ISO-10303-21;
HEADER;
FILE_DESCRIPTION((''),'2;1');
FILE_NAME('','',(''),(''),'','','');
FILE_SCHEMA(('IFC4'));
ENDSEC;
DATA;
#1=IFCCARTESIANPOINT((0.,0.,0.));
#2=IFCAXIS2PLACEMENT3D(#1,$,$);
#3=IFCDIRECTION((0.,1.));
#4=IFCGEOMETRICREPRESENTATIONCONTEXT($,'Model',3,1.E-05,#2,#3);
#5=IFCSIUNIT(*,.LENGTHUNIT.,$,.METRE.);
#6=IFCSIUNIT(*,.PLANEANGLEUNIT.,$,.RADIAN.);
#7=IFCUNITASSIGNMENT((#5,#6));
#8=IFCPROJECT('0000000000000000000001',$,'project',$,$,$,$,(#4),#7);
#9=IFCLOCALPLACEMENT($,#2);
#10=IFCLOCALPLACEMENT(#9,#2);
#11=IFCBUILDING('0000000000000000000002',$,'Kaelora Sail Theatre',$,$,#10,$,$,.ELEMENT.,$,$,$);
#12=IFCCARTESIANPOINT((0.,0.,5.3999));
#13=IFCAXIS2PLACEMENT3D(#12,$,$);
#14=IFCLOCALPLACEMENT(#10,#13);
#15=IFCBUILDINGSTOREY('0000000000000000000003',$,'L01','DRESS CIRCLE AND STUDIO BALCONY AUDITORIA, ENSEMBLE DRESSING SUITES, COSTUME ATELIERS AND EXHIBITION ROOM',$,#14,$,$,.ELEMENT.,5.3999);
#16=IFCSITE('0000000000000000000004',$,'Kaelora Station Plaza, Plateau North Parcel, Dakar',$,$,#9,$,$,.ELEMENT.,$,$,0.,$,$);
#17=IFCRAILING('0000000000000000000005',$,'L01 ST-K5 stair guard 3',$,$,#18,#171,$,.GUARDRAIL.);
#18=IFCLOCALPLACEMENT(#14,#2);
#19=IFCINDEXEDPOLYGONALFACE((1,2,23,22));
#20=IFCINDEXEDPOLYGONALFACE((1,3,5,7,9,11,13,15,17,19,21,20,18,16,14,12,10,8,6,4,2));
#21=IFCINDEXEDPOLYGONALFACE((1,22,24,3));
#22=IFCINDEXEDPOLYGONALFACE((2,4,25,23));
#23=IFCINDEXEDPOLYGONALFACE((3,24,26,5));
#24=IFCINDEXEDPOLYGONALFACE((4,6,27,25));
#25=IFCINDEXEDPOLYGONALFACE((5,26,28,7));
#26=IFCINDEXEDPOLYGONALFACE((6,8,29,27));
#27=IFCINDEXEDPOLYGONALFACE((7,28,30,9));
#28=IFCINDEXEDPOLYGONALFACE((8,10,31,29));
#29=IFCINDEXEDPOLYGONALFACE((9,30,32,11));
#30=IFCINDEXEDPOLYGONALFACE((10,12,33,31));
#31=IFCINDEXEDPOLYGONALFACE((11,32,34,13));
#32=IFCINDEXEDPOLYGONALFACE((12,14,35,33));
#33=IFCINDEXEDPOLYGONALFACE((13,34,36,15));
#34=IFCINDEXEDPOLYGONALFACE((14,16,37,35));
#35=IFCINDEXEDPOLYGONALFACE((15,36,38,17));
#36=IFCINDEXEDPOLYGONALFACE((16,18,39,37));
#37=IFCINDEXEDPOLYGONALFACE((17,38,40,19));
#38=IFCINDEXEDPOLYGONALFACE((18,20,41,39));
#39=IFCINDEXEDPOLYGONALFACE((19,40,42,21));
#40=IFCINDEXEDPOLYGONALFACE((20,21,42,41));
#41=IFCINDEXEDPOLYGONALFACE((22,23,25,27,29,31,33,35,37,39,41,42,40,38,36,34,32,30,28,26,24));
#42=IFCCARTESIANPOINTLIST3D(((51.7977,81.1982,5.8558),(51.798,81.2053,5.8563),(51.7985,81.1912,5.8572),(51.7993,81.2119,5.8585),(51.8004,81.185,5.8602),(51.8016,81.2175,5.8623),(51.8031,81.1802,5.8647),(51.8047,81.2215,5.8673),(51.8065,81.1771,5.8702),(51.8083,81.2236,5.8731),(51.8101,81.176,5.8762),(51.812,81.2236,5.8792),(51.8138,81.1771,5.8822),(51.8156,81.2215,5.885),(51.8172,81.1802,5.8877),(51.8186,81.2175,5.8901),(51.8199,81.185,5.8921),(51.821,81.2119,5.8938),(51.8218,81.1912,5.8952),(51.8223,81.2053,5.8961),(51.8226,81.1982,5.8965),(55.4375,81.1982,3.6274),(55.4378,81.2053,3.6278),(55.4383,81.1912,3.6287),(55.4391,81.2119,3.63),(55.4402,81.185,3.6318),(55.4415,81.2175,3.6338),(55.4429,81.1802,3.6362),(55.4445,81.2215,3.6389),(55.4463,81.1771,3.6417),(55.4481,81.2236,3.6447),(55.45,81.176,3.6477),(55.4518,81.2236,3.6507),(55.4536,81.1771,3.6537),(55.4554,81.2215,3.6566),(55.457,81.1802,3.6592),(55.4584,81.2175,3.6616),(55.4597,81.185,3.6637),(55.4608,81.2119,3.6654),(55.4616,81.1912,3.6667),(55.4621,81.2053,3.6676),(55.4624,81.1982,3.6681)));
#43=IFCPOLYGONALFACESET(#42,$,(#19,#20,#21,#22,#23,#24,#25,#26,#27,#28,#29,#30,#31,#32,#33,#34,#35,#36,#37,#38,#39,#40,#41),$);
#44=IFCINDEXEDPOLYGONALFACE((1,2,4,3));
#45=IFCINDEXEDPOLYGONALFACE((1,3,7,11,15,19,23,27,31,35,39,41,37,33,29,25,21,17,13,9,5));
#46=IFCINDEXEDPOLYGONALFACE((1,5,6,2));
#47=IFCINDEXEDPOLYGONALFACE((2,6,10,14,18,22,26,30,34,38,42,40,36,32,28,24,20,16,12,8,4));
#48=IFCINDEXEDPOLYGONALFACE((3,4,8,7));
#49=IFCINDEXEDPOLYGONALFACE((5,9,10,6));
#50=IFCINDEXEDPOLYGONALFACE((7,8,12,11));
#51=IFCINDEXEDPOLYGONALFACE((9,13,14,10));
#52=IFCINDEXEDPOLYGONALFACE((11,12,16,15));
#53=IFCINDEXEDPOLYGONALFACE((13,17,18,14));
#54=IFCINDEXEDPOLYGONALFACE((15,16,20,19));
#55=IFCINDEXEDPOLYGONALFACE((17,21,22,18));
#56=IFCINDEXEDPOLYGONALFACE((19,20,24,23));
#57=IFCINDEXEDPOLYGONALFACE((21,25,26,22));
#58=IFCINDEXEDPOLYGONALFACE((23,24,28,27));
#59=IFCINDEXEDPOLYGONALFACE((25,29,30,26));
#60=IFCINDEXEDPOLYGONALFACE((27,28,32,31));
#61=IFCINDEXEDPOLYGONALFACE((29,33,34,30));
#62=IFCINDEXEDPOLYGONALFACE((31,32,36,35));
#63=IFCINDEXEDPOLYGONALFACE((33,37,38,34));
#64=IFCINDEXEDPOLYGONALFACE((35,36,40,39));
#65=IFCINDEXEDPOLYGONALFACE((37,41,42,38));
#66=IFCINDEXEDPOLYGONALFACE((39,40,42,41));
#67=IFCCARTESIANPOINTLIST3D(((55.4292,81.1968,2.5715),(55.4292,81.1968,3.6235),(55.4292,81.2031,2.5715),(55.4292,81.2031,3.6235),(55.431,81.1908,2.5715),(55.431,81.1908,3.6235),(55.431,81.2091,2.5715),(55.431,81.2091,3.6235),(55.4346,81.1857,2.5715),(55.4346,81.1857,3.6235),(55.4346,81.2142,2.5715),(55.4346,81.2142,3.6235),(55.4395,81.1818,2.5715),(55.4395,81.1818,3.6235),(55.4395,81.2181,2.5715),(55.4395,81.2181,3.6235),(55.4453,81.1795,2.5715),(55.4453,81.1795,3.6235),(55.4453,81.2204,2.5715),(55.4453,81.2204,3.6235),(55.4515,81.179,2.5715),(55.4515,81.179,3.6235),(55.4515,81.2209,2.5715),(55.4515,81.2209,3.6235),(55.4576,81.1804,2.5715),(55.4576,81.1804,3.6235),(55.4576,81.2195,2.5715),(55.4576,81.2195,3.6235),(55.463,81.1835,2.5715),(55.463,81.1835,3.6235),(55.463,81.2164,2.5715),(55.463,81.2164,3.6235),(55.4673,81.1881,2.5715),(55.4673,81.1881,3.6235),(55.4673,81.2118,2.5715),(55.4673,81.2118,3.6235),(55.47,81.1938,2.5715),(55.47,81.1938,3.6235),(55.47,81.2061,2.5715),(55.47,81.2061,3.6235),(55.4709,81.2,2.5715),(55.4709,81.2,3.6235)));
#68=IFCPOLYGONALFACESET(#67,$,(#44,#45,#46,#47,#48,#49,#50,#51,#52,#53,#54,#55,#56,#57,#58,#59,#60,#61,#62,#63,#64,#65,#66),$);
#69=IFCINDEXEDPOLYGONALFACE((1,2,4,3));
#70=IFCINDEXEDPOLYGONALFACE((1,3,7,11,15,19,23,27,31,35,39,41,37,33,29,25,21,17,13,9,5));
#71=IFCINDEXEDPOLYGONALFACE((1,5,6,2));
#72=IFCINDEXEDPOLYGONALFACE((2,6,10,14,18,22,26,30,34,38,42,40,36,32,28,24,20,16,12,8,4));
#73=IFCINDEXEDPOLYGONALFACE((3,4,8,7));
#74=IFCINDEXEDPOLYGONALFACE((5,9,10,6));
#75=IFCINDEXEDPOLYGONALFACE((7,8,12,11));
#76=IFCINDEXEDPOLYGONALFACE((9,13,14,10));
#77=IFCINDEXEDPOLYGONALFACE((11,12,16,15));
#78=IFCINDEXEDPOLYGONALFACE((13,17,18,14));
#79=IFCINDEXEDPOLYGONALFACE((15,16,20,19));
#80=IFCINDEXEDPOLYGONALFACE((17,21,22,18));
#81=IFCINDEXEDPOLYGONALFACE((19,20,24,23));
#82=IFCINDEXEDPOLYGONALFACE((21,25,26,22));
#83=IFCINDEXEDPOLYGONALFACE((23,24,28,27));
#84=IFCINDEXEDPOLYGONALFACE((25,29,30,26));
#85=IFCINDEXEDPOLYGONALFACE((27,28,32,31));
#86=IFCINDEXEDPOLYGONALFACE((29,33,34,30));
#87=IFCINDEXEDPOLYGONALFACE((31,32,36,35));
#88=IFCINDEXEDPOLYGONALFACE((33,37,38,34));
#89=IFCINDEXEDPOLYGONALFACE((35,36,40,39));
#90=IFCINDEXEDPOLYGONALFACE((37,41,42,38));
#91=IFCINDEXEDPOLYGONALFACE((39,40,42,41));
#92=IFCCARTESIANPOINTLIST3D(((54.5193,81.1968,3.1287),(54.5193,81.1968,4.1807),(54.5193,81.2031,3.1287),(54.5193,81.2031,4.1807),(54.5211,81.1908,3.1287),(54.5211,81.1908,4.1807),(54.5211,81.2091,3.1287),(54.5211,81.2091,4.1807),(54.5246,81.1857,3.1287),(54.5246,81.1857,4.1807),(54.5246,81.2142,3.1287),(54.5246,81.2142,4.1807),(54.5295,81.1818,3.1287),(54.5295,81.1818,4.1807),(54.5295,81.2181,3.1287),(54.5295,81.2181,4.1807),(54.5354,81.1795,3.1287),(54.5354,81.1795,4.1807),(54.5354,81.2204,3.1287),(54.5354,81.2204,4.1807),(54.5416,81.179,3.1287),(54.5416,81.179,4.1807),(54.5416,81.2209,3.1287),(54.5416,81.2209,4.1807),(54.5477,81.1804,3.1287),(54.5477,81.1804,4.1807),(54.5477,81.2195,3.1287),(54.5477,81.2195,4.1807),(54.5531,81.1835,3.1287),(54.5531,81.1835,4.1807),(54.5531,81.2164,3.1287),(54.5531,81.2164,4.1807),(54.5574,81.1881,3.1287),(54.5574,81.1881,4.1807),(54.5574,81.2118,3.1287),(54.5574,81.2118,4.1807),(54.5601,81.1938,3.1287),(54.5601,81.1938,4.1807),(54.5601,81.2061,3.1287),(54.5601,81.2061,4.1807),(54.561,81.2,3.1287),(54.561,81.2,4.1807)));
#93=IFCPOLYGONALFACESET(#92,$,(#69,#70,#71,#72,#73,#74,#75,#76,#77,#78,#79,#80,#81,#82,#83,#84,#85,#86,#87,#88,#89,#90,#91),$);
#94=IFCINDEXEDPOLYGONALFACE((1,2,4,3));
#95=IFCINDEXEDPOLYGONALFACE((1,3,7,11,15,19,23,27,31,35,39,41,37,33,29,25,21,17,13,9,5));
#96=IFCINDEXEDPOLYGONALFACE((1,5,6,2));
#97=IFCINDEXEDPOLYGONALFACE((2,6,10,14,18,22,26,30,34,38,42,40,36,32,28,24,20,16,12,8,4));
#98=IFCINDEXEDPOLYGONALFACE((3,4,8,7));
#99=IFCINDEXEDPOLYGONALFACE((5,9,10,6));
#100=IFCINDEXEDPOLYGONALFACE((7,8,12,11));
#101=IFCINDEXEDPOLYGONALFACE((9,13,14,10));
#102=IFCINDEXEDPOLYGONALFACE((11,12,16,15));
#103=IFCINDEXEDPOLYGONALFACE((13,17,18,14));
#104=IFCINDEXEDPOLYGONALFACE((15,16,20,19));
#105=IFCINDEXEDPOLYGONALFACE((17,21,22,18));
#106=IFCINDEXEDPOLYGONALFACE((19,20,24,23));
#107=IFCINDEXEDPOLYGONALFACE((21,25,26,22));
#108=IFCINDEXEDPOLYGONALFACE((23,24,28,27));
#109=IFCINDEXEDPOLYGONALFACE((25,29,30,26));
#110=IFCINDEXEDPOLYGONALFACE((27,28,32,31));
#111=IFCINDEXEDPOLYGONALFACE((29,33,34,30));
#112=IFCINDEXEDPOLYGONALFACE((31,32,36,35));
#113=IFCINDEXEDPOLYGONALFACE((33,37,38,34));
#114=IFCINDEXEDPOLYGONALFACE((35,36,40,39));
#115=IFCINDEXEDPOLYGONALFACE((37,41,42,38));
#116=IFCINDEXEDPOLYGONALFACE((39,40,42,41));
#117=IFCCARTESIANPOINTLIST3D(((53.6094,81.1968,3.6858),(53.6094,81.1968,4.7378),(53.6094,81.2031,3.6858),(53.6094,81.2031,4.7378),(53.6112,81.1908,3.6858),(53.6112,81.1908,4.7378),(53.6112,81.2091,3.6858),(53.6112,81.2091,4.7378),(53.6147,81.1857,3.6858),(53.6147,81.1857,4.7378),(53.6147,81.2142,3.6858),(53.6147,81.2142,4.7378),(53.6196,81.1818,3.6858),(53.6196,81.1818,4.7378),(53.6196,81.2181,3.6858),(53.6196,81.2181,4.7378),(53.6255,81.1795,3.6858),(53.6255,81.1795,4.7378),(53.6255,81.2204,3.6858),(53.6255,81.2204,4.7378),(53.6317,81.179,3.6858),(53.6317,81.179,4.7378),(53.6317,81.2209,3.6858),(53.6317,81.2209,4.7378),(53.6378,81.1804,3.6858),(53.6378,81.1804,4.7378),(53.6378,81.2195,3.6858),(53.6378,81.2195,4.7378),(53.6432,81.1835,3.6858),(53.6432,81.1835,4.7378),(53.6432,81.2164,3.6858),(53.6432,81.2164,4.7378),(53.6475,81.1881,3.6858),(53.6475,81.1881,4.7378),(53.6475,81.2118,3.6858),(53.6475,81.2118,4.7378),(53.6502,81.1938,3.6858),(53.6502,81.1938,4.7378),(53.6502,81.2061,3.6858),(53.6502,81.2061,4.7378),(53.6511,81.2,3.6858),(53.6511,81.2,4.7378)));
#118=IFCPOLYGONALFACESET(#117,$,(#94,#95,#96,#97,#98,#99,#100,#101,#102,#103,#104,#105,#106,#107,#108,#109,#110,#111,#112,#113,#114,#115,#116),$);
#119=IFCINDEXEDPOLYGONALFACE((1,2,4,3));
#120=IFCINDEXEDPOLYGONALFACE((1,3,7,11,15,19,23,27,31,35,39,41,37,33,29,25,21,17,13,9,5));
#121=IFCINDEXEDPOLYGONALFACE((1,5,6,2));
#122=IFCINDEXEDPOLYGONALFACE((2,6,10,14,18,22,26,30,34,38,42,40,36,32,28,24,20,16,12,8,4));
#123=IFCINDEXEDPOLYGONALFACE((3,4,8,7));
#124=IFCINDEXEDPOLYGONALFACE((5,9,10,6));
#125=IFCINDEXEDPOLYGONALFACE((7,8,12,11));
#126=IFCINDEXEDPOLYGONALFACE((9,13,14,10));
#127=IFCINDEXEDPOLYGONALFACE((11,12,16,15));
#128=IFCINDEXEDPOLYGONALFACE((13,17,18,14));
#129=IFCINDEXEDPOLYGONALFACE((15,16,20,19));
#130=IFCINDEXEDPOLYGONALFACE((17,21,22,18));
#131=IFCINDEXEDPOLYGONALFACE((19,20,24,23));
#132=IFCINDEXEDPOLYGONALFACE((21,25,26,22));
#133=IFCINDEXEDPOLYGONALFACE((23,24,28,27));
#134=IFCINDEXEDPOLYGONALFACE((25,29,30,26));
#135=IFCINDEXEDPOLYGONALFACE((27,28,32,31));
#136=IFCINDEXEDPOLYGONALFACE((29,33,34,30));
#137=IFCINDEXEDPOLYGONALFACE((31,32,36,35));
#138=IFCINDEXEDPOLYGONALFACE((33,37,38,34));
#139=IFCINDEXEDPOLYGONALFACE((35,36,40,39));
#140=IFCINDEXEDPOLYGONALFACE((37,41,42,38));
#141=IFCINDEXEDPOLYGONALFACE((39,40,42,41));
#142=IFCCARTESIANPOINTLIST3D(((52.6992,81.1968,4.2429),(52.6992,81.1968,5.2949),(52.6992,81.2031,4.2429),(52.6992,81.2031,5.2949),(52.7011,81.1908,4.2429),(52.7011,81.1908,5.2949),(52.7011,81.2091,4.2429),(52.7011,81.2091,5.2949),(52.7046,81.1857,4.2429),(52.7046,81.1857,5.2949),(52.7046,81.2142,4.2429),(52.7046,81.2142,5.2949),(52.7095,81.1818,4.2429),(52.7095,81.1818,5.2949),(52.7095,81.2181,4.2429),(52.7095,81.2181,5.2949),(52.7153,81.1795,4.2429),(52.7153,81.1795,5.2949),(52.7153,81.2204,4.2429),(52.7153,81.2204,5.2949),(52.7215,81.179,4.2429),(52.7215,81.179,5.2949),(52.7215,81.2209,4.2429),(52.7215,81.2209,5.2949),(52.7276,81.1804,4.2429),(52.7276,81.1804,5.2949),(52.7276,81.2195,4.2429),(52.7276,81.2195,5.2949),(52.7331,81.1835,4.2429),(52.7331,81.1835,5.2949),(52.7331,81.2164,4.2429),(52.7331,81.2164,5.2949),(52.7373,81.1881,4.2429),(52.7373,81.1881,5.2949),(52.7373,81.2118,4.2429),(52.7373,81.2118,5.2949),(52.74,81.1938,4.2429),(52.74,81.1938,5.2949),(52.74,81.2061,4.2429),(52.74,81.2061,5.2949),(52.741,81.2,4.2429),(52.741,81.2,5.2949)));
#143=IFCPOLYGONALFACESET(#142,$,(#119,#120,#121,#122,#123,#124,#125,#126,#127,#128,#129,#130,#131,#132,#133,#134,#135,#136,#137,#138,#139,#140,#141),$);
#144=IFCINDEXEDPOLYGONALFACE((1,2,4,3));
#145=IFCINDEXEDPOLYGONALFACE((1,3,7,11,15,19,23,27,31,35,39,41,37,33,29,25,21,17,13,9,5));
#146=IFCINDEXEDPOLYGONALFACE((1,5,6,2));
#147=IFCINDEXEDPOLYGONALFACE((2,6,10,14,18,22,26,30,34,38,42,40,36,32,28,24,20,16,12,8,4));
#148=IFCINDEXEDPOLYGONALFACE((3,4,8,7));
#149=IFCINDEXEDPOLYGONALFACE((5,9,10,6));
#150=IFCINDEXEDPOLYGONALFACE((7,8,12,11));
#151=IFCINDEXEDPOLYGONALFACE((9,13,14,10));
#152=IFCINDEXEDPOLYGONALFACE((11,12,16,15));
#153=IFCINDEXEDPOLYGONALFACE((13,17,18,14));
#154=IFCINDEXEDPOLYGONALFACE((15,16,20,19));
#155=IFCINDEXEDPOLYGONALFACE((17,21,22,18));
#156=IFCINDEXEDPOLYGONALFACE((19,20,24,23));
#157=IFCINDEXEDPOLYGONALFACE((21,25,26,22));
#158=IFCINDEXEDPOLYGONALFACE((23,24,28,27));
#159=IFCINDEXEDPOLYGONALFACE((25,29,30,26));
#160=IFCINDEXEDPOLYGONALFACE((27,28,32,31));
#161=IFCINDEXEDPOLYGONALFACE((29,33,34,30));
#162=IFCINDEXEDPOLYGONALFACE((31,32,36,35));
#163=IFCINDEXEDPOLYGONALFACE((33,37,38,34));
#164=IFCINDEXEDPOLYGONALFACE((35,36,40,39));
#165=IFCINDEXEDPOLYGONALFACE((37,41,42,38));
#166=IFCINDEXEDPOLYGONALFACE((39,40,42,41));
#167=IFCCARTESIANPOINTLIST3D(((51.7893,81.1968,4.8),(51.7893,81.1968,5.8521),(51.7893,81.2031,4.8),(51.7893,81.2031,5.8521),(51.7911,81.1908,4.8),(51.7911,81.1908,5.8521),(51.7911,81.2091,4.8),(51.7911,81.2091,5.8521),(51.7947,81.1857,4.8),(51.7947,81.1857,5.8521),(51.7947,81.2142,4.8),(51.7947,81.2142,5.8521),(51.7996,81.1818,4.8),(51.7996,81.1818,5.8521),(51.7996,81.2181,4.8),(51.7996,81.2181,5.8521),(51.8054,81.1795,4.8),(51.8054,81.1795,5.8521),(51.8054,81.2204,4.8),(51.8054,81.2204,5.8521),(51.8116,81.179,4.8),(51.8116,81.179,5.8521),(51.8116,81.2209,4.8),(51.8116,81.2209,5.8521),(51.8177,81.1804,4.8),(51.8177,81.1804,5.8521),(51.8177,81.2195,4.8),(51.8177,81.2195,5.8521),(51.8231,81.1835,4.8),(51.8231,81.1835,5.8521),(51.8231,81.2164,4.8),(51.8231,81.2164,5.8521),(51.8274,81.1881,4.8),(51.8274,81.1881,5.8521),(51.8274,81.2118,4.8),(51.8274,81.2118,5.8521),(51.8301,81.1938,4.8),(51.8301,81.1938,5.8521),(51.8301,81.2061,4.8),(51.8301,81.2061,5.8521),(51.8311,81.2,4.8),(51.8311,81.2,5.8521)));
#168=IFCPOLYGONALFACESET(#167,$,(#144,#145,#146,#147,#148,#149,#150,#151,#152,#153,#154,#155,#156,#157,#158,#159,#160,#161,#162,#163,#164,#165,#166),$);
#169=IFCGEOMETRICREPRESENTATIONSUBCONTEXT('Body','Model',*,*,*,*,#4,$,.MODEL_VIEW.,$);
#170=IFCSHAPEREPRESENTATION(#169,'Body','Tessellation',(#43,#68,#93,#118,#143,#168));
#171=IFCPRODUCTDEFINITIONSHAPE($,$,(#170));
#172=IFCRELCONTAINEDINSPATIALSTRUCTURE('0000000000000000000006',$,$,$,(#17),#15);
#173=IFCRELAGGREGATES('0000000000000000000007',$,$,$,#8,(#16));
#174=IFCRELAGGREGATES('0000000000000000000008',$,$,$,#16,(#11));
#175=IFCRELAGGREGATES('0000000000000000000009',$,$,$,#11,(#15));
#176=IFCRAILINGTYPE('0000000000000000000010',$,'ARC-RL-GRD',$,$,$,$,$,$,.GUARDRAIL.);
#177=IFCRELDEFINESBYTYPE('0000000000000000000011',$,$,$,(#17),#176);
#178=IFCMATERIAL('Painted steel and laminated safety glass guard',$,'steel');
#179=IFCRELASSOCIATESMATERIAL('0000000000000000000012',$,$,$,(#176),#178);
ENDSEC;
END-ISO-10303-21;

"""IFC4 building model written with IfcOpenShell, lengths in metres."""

from ifc_helpers import new_model, si_unit, direction, frame, origin, origin_2d, place, context, subcontext, project, spatial, circle, extrude, material, type_object, element, save


model = new_model("IFC4")

# Units and contexts
model_context = context("Model", 3, precision=1e-05, world=origin(), true_north=direction((0.0, 1.0)))
body_context = subcontext(model_context, "Body", "Model", "MODEL_VIEW")
ifc_project = project(units=[si_unit("LENGTHUNIT", "METRE"), si_unit("PLANEANGLEUNIT", "RADIAN")], contexts=[model_context])

# Site, building, storey
site_placement = place(None, origin())
site = spatial("IfcSite", under=ifc_project, at=site_placement, Name="Kaelora Station Plaza, Plateau North Parcel, Dakar", CompositionType="ELEMENT", RefElevation=0.0)
building_placement = place(site_placement, origin())
building = spatial("IfcBuilding", under=site, at=building_placement, Name="Kaelora Sail Theatre", CompositionType="ELEMENT")
storey_placement = place(building_placement, frame((0.0, 0.0, 5.3999)))
storey = spatial("IfcBuildingStorey", under=building, at=storey_placement, Name="L01", Description="DRESS CIRCLE AND STUDIO BALCONY AUDITORIA, ENSEMBLE DRESSING SUITES, COSTUME ATELIERS AND EXHIBITION ROOM", CompositionType="ELEMENT", Elevation=5.3999)

# Railing
ifc_material_1 = material(Name="Painted steel and laminated safety glass guard", Category="steel")
railing_type_1 = type_object("IfcRailingType", Name="ARC-RL-GRD", PredefinedType="GUARDRAIL", material=ifc_material_1)
railing_1_placement = place(storey_placement, frame((55.45, 81.2, 2.5715)))
element("IfcRailing", 1, at=railing_1_placement, inside=storey, type_object=railing_type_1, Name="L01 ST-K5 stair guard 3", PredefinedType="GUARDRAIL", context=body_context, shape_type="SweptSolid", body=[
    extrude(circle(Radius=0.0239, at=origin_2d()), frame((0.0, 0.0, 1.0762), z_axis=(-0.85285, 0.0, 0.522156), x_axis=(0.0, -1.0, 0.0)), (0.0, 0.0, 1.0), 4.2678),
    extrude(circle(Radius=0.021, at=origin_2d()), origin(), (0.0, 0.0, 1.0), 1.052),
    extrude(circle(Radius=0.021, at=origin_2d()), frame((-0.9099, 0.0, 0.5571)), (0.0, 0.0, 1.0), 1.052),
    extrude(circle(Radius=0.021, at=origin_2d()), frame((-1.8198, 0.0, 1.1143)), (0.0, 0.0, 1.0), 1.052),
    extrude(circle(Radius=0.021, at=origin_2d()), frame((-2.73, 0.0, 1.6714)), (0.0, 0.0, 1.0), 1.052),
    extrude(circle(Radius=0.021, at=origin_2d()), frame((-3.6399, 0.0, 2.2285)), (0.0, 0.0, 1.0), 1.052),
])

save(model, "model.ifc")
